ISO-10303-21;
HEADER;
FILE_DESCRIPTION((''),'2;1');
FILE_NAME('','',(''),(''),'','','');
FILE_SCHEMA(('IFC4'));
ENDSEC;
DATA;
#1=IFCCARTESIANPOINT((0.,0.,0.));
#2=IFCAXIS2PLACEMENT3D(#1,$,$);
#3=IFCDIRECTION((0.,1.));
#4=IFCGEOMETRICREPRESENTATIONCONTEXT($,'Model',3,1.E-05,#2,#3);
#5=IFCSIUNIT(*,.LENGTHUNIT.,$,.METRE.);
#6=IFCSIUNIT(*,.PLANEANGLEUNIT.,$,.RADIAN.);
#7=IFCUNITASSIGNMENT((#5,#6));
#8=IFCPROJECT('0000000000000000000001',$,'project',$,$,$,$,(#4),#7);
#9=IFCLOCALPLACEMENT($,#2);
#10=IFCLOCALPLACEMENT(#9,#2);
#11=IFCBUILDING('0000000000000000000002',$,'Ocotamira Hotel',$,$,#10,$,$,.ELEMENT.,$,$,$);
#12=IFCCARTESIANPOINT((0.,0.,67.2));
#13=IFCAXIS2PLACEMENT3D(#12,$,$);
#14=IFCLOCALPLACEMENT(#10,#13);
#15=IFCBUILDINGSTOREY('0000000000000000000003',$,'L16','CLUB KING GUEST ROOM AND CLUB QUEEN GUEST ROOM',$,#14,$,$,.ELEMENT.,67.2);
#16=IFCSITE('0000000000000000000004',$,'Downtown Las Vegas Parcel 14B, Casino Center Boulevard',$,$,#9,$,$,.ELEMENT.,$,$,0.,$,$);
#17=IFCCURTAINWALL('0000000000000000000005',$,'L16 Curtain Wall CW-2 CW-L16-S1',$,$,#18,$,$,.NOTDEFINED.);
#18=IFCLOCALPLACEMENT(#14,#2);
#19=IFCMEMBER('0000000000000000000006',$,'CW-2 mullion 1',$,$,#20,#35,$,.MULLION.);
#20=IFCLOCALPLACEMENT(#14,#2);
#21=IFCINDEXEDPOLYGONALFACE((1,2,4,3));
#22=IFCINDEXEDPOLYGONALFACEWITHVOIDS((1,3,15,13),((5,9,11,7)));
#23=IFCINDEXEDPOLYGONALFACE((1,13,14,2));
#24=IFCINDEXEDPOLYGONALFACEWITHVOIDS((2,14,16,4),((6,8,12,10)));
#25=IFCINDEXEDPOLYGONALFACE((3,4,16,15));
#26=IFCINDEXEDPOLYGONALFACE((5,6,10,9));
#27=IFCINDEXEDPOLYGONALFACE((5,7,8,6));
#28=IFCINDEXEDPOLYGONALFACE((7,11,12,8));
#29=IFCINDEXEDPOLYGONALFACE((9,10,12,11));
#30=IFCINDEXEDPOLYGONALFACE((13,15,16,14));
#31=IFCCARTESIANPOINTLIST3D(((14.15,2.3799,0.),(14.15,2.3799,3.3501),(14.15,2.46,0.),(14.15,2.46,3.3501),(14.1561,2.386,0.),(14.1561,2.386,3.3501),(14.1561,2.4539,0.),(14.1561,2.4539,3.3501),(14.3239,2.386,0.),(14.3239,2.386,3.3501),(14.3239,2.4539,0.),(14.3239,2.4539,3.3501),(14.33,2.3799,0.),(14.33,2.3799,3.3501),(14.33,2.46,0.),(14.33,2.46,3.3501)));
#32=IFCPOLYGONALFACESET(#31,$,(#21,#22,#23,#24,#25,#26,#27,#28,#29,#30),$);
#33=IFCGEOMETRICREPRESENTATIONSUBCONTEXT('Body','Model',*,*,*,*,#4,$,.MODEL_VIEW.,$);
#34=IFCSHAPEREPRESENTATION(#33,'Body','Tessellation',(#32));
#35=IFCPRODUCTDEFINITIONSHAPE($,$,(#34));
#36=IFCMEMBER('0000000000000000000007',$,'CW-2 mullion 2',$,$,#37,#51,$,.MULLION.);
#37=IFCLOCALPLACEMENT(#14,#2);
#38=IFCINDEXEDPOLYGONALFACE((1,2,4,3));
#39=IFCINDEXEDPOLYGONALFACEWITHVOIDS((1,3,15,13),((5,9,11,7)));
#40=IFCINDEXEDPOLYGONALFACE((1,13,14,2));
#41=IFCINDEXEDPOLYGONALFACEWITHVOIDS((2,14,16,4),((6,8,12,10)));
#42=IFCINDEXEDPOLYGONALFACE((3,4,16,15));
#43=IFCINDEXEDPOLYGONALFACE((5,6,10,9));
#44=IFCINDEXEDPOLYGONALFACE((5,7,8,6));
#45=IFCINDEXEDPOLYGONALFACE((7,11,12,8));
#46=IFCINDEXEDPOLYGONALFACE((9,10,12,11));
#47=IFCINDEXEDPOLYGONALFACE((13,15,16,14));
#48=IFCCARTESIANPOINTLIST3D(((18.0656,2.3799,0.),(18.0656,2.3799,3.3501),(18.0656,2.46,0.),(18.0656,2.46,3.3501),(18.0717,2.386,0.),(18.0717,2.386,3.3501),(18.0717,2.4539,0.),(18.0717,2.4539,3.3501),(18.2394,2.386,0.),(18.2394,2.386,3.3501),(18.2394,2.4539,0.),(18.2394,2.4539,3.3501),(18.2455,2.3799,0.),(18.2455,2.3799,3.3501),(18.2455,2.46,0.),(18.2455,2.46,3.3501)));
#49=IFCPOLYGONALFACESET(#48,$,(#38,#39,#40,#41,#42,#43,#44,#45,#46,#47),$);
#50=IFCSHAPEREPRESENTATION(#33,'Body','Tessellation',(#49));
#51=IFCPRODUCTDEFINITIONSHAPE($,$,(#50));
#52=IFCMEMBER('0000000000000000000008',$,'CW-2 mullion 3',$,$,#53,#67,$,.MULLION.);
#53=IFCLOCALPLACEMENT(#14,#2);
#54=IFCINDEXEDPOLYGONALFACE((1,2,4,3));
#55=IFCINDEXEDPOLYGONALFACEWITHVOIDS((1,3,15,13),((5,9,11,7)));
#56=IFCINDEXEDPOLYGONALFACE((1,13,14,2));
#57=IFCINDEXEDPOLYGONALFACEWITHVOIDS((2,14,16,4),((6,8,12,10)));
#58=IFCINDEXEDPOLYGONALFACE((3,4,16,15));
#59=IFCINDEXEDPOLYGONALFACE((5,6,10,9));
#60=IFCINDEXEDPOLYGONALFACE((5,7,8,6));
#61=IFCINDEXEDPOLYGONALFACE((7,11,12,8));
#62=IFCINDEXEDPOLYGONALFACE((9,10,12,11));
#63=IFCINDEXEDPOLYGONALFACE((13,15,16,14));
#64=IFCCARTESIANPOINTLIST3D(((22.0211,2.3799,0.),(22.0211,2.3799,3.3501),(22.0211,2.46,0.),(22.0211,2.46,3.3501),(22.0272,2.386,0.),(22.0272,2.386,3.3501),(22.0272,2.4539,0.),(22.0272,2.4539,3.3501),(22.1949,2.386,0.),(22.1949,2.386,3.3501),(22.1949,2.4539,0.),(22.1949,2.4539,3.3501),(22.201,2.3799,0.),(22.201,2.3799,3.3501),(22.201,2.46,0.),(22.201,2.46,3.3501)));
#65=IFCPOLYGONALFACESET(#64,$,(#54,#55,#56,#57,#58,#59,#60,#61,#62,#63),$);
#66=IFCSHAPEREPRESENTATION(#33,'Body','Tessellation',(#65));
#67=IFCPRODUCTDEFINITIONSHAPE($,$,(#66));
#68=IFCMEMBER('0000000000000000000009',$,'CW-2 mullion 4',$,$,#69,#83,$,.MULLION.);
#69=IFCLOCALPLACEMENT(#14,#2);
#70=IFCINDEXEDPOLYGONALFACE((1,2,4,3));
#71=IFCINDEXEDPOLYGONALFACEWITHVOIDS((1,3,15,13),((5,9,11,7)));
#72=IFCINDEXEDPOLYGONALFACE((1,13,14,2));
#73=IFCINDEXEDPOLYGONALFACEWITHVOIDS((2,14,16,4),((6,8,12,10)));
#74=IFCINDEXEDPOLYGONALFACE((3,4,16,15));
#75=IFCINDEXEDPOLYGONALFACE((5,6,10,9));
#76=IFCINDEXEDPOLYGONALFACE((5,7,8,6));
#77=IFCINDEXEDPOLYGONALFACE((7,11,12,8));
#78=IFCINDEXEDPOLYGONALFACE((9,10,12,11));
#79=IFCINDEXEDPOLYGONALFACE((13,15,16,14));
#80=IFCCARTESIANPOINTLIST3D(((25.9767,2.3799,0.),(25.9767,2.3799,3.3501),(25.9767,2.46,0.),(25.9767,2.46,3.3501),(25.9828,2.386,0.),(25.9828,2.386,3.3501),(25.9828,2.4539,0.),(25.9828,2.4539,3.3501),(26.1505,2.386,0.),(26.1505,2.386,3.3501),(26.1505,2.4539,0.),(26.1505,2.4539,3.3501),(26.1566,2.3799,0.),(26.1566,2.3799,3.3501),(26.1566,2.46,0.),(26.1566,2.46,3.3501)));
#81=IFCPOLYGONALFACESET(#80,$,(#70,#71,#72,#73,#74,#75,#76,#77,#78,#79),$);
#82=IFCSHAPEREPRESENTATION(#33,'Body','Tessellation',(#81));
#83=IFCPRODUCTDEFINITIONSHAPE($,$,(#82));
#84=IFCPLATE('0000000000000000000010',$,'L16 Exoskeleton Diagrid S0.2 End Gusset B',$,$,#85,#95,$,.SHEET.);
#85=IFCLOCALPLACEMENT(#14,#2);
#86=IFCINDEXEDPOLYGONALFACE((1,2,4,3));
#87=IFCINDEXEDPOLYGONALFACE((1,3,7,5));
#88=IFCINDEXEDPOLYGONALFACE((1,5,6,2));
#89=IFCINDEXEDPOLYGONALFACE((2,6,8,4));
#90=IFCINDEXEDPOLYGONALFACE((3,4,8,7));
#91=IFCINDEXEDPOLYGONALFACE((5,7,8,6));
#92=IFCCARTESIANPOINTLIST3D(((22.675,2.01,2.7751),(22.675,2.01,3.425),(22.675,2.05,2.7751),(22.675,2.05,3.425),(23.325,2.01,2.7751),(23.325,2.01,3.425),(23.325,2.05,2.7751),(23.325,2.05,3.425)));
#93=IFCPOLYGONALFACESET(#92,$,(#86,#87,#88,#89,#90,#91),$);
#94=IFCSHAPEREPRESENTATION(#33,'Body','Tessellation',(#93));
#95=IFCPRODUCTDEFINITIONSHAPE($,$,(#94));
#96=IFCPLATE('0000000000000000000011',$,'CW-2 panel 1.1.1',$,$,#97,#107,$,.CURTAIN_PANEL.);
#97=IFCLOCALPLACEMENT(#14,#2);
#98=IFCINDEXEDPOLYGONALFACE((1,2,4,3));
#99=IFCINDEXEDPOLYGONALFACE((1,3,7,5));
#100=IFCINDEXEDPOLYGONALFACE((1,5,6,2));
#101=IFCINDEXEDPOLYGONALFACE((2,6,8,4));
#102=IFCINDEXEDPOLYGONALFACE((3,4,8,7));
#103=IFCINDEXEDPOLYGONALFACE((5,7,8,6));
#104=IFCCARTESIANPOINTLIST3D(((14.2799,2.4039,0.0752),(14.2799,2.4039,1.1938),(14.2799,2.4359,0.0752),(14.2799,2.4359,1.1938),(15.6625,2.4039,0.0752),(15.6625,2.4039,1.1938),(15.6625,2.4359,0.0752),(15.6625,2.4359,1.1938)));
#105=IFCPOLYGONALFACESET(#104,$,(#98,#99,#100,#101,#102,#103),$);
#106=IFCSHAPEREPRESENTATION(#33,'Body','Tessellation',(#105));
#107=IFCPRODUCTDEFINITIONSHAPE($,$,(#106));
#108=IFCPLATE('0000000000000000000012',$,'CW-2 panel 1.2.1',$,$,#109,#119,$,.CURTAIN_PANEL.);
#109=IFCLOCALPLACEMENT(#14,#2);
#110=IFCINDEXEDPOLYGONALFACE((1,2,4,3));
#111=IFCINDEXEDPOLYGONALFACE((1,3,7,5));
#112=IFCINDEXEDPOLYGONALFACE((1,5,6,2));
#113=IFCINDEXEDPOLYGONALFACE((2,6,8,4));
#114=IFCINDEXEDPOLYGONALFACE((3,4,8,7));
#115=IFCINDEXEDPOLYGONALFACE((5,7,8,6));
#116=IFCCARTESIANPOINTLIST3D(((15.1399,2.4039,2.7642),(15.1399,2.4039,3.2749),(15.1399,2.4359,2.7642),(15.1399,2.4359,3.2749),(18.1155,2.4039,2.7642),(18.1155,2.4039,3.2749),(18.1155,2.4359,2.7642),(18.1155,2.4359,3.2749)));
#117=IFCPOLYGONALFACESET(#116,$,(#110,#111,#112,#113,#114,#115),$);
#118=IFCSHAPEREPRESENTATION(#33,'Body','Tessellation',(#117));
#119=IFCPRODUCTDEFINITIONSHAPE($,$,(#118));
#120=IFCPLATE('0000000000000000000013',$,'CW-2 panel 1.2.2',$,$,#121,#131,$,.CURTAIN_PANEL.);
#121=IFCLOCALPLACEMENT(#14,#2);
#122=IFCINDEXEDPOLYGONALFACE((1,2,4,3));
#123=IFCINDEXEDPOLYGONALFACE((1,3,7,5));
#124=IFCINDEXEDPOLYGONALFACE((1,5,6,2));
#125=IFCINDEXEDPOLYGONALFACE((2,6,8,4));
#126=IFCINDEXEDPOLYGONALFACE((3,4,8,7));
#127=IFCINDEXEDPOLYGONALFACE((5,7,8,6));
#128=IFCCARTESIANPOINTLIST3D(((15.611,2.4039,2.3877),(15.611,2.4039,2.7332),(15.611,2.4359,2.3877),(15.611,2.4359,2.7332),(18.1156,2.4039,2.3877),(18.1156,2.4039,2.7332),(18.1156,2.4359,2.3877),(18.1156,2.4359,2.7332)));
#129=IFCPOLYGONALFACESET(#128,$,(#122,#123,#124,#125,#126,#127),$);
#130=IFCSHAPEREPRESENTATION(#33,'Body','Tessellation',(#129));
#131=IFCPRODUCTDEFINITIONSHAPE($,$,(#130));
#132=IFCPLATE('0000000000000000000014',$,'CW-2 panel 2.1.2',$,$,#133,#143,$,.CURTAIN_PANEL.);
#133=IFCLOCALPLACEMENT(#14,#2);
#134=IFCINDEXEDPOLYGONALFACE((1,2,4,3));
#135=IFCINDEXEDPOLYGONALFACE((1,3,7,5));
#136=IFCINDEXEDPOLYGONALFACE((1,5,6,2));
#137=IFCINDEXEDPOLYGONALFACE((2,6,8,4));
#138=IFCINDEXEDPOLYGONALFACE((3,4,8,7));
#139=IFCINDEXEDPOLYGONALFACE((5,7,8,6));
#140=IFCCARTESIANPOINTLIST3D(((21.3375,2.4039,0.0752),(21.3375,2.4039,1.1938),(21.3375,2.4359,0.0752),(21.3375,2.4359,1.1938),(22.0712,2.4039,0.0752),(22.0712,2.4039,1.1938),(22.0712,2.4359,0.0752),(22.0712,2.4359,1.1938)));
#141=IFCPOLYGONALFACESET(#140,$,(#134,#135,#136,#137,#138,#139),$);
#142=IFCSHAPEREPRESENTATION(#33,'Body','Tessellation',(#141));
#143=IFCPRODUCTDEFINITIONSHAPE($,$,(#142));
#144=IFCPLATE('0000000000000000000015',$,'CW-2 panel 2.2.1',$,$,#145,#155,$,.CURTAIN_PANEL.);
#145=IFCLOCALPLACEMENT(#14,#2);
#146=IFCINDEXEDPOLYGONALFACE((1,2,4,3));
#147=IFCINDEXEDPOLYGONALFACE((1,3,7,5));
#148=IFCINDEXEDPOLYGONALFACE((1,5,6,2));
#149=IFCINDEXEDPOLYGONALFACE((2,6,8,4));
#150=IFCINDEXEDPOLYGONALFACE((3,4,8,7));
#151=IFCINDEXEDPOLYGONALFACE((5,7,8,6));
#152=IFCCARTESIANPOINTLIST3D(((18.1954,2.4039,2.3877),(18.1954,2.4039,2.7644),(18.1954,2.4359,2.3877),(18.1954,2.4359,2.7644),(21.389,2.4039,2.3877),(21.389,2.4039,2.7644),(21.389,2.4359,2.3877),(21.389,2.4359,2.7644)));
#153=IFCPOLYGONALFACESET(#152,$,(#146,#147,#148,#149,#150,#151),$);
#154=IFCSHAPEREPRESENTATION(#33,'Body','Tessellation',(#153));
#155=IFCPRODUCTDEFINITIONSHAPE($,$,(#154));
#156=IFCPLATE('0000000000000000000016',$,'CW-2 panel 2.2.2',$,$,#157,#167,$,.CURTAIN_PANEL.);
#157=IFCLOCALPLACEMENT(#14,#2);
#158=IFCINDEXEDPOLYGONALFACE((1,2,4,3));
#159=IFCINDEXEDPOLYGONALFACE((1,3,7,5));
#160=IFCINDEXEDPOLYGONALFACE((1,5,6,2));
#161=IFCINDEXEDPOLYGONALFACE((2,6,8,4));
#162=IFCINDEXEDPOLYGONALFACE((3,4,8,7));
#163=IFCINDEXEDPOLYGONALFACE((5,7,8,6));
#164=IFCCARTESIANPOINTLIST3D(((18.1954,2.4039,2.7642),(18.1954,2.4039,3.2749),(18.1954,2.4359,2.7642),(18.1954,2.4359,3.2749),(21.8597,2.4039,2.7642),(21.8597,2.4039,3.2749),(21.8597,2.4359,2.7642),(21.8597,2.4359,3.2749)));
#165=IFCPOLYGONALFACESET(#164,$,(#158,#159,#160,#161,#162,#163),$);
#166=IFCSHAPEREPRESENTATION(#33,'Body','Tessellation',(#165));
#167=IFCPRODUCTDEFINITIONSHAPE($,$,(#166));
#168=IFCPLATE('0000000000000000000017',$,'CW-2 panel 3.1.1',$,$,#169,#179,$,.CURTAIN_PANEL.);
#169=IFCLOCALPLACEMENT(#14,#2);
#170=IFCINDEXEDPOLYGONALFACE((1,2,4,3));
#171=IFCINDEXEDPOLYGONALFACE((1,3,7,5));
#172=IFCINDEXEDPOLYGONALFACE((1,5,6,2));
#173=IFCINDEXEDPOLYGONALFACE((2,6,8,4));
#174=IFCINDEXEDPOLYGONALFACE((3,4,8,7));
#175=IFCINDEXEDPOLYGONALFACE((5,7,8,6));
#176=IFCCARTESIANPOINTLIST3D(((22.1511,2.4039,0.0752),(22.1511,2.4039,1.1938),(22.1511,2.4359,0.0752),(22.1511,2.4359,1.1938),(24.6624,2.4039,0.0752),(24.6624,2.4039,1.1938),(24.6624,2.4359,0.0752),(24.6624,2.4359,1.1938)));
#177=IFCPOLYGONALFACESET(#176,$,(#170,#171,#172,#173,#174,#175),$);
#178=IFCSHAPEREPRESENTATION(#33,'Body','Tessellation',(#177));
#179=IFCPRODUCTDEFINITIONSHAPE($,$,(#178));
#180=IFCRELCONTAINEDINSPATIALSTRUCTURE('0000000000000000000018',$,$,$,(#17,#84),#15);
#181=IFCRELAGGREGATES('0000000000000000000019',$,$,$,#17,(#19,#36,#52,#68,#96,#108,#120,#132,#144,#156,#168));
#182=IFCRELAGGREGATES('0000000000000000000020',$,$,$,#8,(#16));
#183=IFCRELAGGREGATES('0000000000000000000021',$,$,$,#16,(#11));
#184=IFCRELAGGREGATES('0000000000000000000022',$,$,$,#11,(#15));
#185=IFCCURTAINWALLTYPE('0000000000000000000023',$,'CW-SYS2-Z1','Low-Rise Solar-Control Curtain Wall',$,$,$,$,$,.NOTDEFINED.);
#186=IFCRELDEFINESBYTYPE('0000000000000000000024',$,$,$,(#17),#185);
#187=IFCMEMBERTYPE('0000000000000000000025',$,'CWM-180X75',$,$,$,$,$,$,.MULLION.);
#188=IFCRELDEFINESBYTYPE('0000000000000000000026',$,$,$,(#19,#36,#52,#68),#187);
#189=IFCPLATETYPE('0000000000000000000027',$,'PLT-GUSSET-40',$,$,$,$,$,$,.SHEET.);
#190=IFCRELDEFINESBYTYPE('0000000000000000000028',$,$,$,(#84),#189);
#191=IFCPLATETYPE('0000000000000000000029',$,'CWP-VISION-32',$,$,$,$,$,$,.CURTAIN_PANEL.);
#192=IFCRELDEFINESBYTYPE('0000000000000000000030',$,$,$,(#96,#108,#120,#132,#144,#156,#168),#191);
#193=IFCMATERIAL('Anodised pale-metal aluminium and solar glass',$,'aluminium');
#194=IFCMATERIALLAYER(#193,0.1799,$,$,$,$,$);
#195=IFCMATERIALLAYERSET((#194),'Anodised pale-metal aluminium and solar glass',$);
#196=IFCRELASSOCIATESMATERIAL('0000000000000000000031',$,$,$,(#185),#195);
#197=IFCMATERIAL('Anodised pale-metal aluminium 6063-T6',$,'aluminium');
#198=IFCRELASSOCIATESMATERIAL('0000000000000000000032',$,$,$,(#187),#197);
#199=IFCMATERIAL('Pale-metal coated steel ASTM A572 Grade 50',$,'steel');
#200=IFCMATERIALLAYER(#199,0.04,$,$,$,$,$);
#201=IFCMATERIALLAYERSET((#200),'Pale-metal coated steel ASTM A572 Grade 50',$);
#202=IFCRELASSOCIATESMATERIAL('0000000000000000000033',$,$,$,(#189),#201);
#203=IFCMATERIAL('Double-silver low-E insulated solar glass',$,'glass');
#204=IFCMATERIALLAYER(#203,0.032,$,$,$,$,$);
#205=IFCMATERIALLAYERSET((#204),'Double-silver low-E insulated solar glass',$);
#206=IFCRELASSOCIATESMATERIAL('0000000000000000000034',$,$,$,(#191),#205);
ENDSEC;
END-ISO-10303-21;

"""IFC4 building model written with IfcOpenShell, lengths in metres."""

from ifc_helpers import new_model, si_unit, direction, frame, origin, origin_2d, place, context, subcontext, project, spatial, rectangle, hollow_rectangle, extrude, source, transform, mapped, material, layer, layer_set, material_profile, profile_set, type_object, element, aggregate, save


model = new_model("IFC4")

# Units and contexts
model_context = context("Model", 3, precision=1e-05, world=origin(), true_north=direction((0.0, 1.0)))
body_context = subcontext(model_context, "Body", "Model", "MODEL_VIEW")
ifc_project = project(units=[si_unit("LENGTHUNIT", "METRE"), si_unit("PLANEANGLEUNIT", "RADIAN")], contexts=[model_context])

# Site, building, storey
site_placement = place(None, origin())
site = spatial("IfcSite", under=ifc_project, at=site_placement, Name="Downtown Las Vegas Parcel 14B, Casino Center Boulevard", CompositionType="ELEMENT", RefElevation=0.0)
building_placement = place(site_placement, origin())
building = spatial("IfcBuilding", under=site, at=building_placement, Name="Ocotamira Hotel", CompositionType="ELEMENT")
storey_placement = place(building_placement, frame((0.0, 0.0, 67.2)))
storey = spatial("IfcBuildingStorey", under=building, at=storey_placement, Name="L16", Description="CLUB KING GUEST ROOM AND CLUB QUEEN GUEST ROOM", CompositionType="ELEMENT", Elevation=67.2)

# Curtain wall, members
ifc_material_1 = material(Name="Anodised pale-metal aluminium and solar glass", Category="aluminium")
ifc_layer_1 = layer(ifc_material_1, 0.1799)
ifc_layer_set_1 = layer_set([ifc_layer_1], Name="Anodised pale-metal aluminium and solar glass")
curtain_wall_type = type_object("IfcCurtainWallType", Name="CW-SYS2-Z1", Description="Low-Rise Solar-Control Curtain Wall", PredefinedType="NOTDEFINED", material=ifc_layer_set_1)
curtain_wall_placement = place(storey_placement, origin())
curtain_wall = element("IfcCurtainWall", 1, at=curtain_wall_placement, inside=storey, type_object=curtain_wall_type, Name="L16 Curtain Wall CW-2 CW-L16-S1", PredefinedType="NOTDEFINED")
ifc_material_2 = material(Name="Anodised pale-metal aluminium 6063-T6", Category="aluminium")
ifc_material_profile_1 = material_profile(ifc_material_2, hollow_rectangle(XDim=0.0801, YDim=0.1799, WallThickness=0.0061, at=origin_2d()), Name="HSS180X80X6")
ifc_profile_set_1 = profile_set([ifc_material_profile_1], Name="Anodised pale-metal aluminium 6063-T6")
member_type_1 = type_object("IfcMemberType", Name="CWM-180X75", PredefinedType="MULLION", material=ifc_profile_set_1)
shared_shape_1 = source(origin(), body_context, "Body", "SweptSolid", [
    extrude(hollow_rectangle(XDim=0.0801, YDim=0.1799, WallThickness=0.0061, at=origin_2d()), origin(), (0.0, 0.0, 1.0), 3.3501),
])
member_1_placement = place(storey_placement, frame((14.24, 2.4199, 0.0), z_axis=(0.0, 0.0, 1.0), x_axis=(0.0, 1.0, 0.0)))
member_1 = element("IfcMember", 2, at=member_1_placement, type_object=member_type_1, Name="CW-2 mullion 1", PredefinedType="MULLION", context=body_context, shape_type="MappedRepresentation", body=[
    mapped(shared_shape_1, transform((0.0, 0.0, 0.0), scale=1.0)),
])
member_2_placement = place(storey_placement, frame((18.1555, 2.4199, 0.0), z_axis=(0.0, 0.0, 1.0), x_axis=(0.0, 1.0, 0.0)))
member_2 = element("IfcMember", 3, at=member_2_placement, type_object=member_type_1, Name="CW-2 mullion 2", PredefinedType="MULLION", context=body_context, shape_type="MappedRepresentation", body=[
    mapped(shared_shape_1, transform((0.0, 0.0, 0.0), scale=1.0)),
])
member_3_placement = place(storey_placement, frame((22.1111, 2.4199, 0.0), z_axis=(0.0, 0.0, 1.0), x_axis=(0.0, 1.0, 0.0)))
member_3 = element("IfcMember", 4, at=member_3_placement, type_object=member_type_1, Name="CW-2 mullion 3", PredefinedType="MULLION", context=body_context, shape_type="MappedRepresentation", body=[
    mapped(shared_shape_1, transform((0.0, 0.0, 0.0), scale=1.0)),
])
member_4_placement = place(storey_placement, frame((26.0667, 2.4199, 0.0), z_axis=(0.0, 0.0, 1.0), x_axis=(0.0, 1.0, 0.0)))
member_4 = element("IfcMember", 5, at=member_4_placement, type_object=member_type_1, Name="CW-2 mullion 4", PredefinedType="MULLION", context=body_context, shape_type="MappedRepresentation", body=[
    mapped(shared_shape_1, transform((0.0, 0.0, 0.0), scale=1.0)),
])

# Plates
ifc_material_3 = material(Name="Pale-metal coated steel ASTM A572 Grade 50", Category="steel")
ifc_layer_2 = layer(ifc_material_3, 0.04)
ifc_layer_set_2 = layer_set([ifc_layer_2], Name="Pale-metal coated steel ASTM A572 Grade 50")
plate_type_1 = type_object("IfcPlateType", Name="PLT-GUSSET-40", PredefinedType="SHEET", material=ifc_layer_set_2)
shared_shape_2 = source(origin(), body_context, "Body", "SweptSolid", [
    extrude(rectangle(XDim=0.6499, YDim=0.04, at=origin_2d()), origin(), (0.0, 0.0, 1.0), 0.6499),
])
plate_1_placement = place(storey_placement, frame((23.0, 2.03, 2.7751), z_axis=(0.0, 0.0, 1.0), x_axis=(1.0, 0.0, 0.0)))
element("IfcPlate", 6, at=plate_1_placement, inside=storey, type_object=plate_type_1, Name="L16 Exoskeleton Diagrid S0.2 End Gusset B", PredefinedType="SHEET", context=body_context, shape_type="MappedRepresentation", body=[
    mapped(shared_shape_2, transform((0.0, 0.0, 0.0), scale=1.0)),
])
ifc_material_4 = material(Name="Double-silver low-E insulated solar glass", Category="glass")
ifc_layer_3 = layer(ifc_material_4, 0.032)
ifc_layer_set_3 = layer_set([ifc_layer_3], Name="Double-silver low-E insulated solar glass")
plate_type_2 = type_object("IfcPlateType", Name="CWP-VISION-32", PredefinedType="CURTAIN_PANEL", material=ifc_layer_set_3)
shared_shape_3 = source(origin(), body_context, "Body", "SweptSolid", [
    extrude(rectangle(XDim=1.3826, YDim=0.032, at=origin_2d()), origin(), (0.0, 0.0, 1.0), 1.1187),
])
plate_2_placement = place(storey_placement, frame((14.9712, 2.4199, 0.0752), z_axis=(0.0, 0.0, 1.0), x_axis=(1.0, 0.0, 0.0)))
plate_2 = element("IfcPlate", 7, at=plate_2_placement, type_object=plate_type_2, Name="CW-2 panel 1.1.1", PredefinedType="CURTAIN_PANEL", context=body_context, shape_type="MappedRepresentation", body=[
    mapped(shared_shape_3, transform((0.0, 0.0, 0.0), scale=1.0)),
])
shared_shape_4 = source(origin(), body_context, "Body", "SweptSolid", [
    extrude(rectangle(XDim=2.9756, YDim=0.032, at=origin_2d()), origin(), (0.0, 0.0, 1.0), 0.5107),
])
plate_3_placement = place(storey_placement, frame((16.6277, 2.4199, 2.7642), z_axis=(0.0, 0.0, 1.0), x_axis=(1.0, 0.0, 0.0)))
plate_3 = element("IfcPlate", 8, at=plate_3_placement, type_object=plate_type_2, Name="CW-2 panel 1.2.1", PredefinedType="CURTAIN_PANEL", context=body_context, shape_type="MappedRepresentation", body=[
    mapped(shared_shape_4, transform((0.0, 0.0, 0.0), scale=1.0)),
])
shared_shape_5 = source(origin(), body_context, "Body", "SweptSolid", [
    extrude(rectangle(XDim=2.5046, YDim=0.032, at=origin_2d()), origin(), (0.0, 0.0, 1.0), 0.3455),
])
plate_4_placement = place(storey_placement, frame((16.8633, 2.4199, 2.3877), z_axis=(0.0, 0.0, 1.0), x_axis=(1.0, 0.0, 0.0)))
plate_4 = element("IfcPlate", 9, at=plate_4_placement, type_object=plate_type_2, Name="CW-2 panel 1.2.2", PredefinedType="CURTAIN_PANEL", context=body_context, shape_type="MappedRepresentation", body=[
    mapped(shared_shape_5, transform((0.0, 0.0, 0.0), scale=1.0)),
])
shared_shape_6 = source(origin(), body_context, "Body", "SweptSolid", [
    extrude(rectangle(XDim=0.7336, YDim=0.032, at=origin_2d()), origin(), (0.0, 0.0, 1.0), 1.1187),
])
plate_5_placement = place(storey_placement, frame((21.7043, 2.4199, 0.0752), z_axis=(0.0, 0.0, 1.0), x_axis=(1.0, 0.0, 0.0)))
plate_5 = element("IfcPlate", 10, at=plate_5_placement, type_object=plate_type_2, Name="CW-2 panel 2.1.2", PredefinedType="CURTAIN_PANEL", context=body_context, shape_type="MappedRepresentation", body=[
    mapped(shared_shape_6, transform((0.0, 0.0, 0.0), scale=1.0)),
])
shared_shape_7 = source(origin(), body_context, "Body", "SweptSolid", [
    extrude(rectangle(XDim=3.1936, YDim=0.032, at=origin_2d()), origin(), (0.0, 0.0, 1.0), 0.3767),
])
plate_6_placement = place(storey_placement, frame((19.7922, 2.4199, 2.3877), z_axis=(0.0, 0.0, 1.0), x_axis=(1.0, 0.0, 0.0)))
plate_6 = element("IfcPlate", 11, at=plate_6_placement, type_object=plate_type_2, Name="CW-2 panel 2.2.1", PredefinedType="CURTAIN_PANEL", context=body_context, shape_type="MappedRepresentation", body=[
    mapped(shared_shape_7, transform((0.0, 0.0, 0.0), scale=1.0)),
])
shared_shape_8 = source(origin(), body_context, "Body", "SweptSolid", [
    extrude(rectangle(XDim=3.6643, YDim=0.032, at=origin_2d()), origin(), (0.0, 0.0, 1.0), 0.5107),
])
plate_7_placement = place(storey_placement, frame((20.0276, 2.4199, 2.7642), z_axis=(0.0, 0.0, 1.0), x_axis=(1.0, 0.0, 0.0)))
plate_7 = element("IfcPlate", 12, at=plate_7_placement, type_object=plate_type_2, Name="CW-2 panel 2.2.2", PredefinedType="CURTAIN_PANEL", context=body_context, shape_type="MappedRepresentation", body=[
    mapped(shared_shape_8, transform((0.0, 0.0, 0.0), scale=1.0)),
])
shared_shape_9 = source(origin(), body_context, "Body", "SweptSolid", [
    extrude(rectangle(XDim=2.5112, YDim=0.032, at=origin_2d()), origin(), (0.0, 0.0, 1.0), 1.1187),
])
plate_8_placement = place(storey_placement, frame((23.4067, 2.4199, 0.0752), z_axis=(0.0, 0.0, 1.0), x_axis=(1.0, 0.0, 0.0)))
plate_8 = element("IfcPlate", 13, at=plate_8_placement, type_object=plate_type_2, Name="CW-2 panel 3.1.1", PredefinedType="CURTAIN_PANEL", context=body_context, shape_type="MappedRepresentation", body=[
    mapped(shared_shape_9, transform((0.0, 0.0, 0.0), scale=1.0)),
])
aggregate(curtain_wall, [member_1, member_2, member_3, member_4, plate_2, plate_3, plate_4, plate_5, plate_6, plate_7, plate_8])

save(model, "model.ifc")
